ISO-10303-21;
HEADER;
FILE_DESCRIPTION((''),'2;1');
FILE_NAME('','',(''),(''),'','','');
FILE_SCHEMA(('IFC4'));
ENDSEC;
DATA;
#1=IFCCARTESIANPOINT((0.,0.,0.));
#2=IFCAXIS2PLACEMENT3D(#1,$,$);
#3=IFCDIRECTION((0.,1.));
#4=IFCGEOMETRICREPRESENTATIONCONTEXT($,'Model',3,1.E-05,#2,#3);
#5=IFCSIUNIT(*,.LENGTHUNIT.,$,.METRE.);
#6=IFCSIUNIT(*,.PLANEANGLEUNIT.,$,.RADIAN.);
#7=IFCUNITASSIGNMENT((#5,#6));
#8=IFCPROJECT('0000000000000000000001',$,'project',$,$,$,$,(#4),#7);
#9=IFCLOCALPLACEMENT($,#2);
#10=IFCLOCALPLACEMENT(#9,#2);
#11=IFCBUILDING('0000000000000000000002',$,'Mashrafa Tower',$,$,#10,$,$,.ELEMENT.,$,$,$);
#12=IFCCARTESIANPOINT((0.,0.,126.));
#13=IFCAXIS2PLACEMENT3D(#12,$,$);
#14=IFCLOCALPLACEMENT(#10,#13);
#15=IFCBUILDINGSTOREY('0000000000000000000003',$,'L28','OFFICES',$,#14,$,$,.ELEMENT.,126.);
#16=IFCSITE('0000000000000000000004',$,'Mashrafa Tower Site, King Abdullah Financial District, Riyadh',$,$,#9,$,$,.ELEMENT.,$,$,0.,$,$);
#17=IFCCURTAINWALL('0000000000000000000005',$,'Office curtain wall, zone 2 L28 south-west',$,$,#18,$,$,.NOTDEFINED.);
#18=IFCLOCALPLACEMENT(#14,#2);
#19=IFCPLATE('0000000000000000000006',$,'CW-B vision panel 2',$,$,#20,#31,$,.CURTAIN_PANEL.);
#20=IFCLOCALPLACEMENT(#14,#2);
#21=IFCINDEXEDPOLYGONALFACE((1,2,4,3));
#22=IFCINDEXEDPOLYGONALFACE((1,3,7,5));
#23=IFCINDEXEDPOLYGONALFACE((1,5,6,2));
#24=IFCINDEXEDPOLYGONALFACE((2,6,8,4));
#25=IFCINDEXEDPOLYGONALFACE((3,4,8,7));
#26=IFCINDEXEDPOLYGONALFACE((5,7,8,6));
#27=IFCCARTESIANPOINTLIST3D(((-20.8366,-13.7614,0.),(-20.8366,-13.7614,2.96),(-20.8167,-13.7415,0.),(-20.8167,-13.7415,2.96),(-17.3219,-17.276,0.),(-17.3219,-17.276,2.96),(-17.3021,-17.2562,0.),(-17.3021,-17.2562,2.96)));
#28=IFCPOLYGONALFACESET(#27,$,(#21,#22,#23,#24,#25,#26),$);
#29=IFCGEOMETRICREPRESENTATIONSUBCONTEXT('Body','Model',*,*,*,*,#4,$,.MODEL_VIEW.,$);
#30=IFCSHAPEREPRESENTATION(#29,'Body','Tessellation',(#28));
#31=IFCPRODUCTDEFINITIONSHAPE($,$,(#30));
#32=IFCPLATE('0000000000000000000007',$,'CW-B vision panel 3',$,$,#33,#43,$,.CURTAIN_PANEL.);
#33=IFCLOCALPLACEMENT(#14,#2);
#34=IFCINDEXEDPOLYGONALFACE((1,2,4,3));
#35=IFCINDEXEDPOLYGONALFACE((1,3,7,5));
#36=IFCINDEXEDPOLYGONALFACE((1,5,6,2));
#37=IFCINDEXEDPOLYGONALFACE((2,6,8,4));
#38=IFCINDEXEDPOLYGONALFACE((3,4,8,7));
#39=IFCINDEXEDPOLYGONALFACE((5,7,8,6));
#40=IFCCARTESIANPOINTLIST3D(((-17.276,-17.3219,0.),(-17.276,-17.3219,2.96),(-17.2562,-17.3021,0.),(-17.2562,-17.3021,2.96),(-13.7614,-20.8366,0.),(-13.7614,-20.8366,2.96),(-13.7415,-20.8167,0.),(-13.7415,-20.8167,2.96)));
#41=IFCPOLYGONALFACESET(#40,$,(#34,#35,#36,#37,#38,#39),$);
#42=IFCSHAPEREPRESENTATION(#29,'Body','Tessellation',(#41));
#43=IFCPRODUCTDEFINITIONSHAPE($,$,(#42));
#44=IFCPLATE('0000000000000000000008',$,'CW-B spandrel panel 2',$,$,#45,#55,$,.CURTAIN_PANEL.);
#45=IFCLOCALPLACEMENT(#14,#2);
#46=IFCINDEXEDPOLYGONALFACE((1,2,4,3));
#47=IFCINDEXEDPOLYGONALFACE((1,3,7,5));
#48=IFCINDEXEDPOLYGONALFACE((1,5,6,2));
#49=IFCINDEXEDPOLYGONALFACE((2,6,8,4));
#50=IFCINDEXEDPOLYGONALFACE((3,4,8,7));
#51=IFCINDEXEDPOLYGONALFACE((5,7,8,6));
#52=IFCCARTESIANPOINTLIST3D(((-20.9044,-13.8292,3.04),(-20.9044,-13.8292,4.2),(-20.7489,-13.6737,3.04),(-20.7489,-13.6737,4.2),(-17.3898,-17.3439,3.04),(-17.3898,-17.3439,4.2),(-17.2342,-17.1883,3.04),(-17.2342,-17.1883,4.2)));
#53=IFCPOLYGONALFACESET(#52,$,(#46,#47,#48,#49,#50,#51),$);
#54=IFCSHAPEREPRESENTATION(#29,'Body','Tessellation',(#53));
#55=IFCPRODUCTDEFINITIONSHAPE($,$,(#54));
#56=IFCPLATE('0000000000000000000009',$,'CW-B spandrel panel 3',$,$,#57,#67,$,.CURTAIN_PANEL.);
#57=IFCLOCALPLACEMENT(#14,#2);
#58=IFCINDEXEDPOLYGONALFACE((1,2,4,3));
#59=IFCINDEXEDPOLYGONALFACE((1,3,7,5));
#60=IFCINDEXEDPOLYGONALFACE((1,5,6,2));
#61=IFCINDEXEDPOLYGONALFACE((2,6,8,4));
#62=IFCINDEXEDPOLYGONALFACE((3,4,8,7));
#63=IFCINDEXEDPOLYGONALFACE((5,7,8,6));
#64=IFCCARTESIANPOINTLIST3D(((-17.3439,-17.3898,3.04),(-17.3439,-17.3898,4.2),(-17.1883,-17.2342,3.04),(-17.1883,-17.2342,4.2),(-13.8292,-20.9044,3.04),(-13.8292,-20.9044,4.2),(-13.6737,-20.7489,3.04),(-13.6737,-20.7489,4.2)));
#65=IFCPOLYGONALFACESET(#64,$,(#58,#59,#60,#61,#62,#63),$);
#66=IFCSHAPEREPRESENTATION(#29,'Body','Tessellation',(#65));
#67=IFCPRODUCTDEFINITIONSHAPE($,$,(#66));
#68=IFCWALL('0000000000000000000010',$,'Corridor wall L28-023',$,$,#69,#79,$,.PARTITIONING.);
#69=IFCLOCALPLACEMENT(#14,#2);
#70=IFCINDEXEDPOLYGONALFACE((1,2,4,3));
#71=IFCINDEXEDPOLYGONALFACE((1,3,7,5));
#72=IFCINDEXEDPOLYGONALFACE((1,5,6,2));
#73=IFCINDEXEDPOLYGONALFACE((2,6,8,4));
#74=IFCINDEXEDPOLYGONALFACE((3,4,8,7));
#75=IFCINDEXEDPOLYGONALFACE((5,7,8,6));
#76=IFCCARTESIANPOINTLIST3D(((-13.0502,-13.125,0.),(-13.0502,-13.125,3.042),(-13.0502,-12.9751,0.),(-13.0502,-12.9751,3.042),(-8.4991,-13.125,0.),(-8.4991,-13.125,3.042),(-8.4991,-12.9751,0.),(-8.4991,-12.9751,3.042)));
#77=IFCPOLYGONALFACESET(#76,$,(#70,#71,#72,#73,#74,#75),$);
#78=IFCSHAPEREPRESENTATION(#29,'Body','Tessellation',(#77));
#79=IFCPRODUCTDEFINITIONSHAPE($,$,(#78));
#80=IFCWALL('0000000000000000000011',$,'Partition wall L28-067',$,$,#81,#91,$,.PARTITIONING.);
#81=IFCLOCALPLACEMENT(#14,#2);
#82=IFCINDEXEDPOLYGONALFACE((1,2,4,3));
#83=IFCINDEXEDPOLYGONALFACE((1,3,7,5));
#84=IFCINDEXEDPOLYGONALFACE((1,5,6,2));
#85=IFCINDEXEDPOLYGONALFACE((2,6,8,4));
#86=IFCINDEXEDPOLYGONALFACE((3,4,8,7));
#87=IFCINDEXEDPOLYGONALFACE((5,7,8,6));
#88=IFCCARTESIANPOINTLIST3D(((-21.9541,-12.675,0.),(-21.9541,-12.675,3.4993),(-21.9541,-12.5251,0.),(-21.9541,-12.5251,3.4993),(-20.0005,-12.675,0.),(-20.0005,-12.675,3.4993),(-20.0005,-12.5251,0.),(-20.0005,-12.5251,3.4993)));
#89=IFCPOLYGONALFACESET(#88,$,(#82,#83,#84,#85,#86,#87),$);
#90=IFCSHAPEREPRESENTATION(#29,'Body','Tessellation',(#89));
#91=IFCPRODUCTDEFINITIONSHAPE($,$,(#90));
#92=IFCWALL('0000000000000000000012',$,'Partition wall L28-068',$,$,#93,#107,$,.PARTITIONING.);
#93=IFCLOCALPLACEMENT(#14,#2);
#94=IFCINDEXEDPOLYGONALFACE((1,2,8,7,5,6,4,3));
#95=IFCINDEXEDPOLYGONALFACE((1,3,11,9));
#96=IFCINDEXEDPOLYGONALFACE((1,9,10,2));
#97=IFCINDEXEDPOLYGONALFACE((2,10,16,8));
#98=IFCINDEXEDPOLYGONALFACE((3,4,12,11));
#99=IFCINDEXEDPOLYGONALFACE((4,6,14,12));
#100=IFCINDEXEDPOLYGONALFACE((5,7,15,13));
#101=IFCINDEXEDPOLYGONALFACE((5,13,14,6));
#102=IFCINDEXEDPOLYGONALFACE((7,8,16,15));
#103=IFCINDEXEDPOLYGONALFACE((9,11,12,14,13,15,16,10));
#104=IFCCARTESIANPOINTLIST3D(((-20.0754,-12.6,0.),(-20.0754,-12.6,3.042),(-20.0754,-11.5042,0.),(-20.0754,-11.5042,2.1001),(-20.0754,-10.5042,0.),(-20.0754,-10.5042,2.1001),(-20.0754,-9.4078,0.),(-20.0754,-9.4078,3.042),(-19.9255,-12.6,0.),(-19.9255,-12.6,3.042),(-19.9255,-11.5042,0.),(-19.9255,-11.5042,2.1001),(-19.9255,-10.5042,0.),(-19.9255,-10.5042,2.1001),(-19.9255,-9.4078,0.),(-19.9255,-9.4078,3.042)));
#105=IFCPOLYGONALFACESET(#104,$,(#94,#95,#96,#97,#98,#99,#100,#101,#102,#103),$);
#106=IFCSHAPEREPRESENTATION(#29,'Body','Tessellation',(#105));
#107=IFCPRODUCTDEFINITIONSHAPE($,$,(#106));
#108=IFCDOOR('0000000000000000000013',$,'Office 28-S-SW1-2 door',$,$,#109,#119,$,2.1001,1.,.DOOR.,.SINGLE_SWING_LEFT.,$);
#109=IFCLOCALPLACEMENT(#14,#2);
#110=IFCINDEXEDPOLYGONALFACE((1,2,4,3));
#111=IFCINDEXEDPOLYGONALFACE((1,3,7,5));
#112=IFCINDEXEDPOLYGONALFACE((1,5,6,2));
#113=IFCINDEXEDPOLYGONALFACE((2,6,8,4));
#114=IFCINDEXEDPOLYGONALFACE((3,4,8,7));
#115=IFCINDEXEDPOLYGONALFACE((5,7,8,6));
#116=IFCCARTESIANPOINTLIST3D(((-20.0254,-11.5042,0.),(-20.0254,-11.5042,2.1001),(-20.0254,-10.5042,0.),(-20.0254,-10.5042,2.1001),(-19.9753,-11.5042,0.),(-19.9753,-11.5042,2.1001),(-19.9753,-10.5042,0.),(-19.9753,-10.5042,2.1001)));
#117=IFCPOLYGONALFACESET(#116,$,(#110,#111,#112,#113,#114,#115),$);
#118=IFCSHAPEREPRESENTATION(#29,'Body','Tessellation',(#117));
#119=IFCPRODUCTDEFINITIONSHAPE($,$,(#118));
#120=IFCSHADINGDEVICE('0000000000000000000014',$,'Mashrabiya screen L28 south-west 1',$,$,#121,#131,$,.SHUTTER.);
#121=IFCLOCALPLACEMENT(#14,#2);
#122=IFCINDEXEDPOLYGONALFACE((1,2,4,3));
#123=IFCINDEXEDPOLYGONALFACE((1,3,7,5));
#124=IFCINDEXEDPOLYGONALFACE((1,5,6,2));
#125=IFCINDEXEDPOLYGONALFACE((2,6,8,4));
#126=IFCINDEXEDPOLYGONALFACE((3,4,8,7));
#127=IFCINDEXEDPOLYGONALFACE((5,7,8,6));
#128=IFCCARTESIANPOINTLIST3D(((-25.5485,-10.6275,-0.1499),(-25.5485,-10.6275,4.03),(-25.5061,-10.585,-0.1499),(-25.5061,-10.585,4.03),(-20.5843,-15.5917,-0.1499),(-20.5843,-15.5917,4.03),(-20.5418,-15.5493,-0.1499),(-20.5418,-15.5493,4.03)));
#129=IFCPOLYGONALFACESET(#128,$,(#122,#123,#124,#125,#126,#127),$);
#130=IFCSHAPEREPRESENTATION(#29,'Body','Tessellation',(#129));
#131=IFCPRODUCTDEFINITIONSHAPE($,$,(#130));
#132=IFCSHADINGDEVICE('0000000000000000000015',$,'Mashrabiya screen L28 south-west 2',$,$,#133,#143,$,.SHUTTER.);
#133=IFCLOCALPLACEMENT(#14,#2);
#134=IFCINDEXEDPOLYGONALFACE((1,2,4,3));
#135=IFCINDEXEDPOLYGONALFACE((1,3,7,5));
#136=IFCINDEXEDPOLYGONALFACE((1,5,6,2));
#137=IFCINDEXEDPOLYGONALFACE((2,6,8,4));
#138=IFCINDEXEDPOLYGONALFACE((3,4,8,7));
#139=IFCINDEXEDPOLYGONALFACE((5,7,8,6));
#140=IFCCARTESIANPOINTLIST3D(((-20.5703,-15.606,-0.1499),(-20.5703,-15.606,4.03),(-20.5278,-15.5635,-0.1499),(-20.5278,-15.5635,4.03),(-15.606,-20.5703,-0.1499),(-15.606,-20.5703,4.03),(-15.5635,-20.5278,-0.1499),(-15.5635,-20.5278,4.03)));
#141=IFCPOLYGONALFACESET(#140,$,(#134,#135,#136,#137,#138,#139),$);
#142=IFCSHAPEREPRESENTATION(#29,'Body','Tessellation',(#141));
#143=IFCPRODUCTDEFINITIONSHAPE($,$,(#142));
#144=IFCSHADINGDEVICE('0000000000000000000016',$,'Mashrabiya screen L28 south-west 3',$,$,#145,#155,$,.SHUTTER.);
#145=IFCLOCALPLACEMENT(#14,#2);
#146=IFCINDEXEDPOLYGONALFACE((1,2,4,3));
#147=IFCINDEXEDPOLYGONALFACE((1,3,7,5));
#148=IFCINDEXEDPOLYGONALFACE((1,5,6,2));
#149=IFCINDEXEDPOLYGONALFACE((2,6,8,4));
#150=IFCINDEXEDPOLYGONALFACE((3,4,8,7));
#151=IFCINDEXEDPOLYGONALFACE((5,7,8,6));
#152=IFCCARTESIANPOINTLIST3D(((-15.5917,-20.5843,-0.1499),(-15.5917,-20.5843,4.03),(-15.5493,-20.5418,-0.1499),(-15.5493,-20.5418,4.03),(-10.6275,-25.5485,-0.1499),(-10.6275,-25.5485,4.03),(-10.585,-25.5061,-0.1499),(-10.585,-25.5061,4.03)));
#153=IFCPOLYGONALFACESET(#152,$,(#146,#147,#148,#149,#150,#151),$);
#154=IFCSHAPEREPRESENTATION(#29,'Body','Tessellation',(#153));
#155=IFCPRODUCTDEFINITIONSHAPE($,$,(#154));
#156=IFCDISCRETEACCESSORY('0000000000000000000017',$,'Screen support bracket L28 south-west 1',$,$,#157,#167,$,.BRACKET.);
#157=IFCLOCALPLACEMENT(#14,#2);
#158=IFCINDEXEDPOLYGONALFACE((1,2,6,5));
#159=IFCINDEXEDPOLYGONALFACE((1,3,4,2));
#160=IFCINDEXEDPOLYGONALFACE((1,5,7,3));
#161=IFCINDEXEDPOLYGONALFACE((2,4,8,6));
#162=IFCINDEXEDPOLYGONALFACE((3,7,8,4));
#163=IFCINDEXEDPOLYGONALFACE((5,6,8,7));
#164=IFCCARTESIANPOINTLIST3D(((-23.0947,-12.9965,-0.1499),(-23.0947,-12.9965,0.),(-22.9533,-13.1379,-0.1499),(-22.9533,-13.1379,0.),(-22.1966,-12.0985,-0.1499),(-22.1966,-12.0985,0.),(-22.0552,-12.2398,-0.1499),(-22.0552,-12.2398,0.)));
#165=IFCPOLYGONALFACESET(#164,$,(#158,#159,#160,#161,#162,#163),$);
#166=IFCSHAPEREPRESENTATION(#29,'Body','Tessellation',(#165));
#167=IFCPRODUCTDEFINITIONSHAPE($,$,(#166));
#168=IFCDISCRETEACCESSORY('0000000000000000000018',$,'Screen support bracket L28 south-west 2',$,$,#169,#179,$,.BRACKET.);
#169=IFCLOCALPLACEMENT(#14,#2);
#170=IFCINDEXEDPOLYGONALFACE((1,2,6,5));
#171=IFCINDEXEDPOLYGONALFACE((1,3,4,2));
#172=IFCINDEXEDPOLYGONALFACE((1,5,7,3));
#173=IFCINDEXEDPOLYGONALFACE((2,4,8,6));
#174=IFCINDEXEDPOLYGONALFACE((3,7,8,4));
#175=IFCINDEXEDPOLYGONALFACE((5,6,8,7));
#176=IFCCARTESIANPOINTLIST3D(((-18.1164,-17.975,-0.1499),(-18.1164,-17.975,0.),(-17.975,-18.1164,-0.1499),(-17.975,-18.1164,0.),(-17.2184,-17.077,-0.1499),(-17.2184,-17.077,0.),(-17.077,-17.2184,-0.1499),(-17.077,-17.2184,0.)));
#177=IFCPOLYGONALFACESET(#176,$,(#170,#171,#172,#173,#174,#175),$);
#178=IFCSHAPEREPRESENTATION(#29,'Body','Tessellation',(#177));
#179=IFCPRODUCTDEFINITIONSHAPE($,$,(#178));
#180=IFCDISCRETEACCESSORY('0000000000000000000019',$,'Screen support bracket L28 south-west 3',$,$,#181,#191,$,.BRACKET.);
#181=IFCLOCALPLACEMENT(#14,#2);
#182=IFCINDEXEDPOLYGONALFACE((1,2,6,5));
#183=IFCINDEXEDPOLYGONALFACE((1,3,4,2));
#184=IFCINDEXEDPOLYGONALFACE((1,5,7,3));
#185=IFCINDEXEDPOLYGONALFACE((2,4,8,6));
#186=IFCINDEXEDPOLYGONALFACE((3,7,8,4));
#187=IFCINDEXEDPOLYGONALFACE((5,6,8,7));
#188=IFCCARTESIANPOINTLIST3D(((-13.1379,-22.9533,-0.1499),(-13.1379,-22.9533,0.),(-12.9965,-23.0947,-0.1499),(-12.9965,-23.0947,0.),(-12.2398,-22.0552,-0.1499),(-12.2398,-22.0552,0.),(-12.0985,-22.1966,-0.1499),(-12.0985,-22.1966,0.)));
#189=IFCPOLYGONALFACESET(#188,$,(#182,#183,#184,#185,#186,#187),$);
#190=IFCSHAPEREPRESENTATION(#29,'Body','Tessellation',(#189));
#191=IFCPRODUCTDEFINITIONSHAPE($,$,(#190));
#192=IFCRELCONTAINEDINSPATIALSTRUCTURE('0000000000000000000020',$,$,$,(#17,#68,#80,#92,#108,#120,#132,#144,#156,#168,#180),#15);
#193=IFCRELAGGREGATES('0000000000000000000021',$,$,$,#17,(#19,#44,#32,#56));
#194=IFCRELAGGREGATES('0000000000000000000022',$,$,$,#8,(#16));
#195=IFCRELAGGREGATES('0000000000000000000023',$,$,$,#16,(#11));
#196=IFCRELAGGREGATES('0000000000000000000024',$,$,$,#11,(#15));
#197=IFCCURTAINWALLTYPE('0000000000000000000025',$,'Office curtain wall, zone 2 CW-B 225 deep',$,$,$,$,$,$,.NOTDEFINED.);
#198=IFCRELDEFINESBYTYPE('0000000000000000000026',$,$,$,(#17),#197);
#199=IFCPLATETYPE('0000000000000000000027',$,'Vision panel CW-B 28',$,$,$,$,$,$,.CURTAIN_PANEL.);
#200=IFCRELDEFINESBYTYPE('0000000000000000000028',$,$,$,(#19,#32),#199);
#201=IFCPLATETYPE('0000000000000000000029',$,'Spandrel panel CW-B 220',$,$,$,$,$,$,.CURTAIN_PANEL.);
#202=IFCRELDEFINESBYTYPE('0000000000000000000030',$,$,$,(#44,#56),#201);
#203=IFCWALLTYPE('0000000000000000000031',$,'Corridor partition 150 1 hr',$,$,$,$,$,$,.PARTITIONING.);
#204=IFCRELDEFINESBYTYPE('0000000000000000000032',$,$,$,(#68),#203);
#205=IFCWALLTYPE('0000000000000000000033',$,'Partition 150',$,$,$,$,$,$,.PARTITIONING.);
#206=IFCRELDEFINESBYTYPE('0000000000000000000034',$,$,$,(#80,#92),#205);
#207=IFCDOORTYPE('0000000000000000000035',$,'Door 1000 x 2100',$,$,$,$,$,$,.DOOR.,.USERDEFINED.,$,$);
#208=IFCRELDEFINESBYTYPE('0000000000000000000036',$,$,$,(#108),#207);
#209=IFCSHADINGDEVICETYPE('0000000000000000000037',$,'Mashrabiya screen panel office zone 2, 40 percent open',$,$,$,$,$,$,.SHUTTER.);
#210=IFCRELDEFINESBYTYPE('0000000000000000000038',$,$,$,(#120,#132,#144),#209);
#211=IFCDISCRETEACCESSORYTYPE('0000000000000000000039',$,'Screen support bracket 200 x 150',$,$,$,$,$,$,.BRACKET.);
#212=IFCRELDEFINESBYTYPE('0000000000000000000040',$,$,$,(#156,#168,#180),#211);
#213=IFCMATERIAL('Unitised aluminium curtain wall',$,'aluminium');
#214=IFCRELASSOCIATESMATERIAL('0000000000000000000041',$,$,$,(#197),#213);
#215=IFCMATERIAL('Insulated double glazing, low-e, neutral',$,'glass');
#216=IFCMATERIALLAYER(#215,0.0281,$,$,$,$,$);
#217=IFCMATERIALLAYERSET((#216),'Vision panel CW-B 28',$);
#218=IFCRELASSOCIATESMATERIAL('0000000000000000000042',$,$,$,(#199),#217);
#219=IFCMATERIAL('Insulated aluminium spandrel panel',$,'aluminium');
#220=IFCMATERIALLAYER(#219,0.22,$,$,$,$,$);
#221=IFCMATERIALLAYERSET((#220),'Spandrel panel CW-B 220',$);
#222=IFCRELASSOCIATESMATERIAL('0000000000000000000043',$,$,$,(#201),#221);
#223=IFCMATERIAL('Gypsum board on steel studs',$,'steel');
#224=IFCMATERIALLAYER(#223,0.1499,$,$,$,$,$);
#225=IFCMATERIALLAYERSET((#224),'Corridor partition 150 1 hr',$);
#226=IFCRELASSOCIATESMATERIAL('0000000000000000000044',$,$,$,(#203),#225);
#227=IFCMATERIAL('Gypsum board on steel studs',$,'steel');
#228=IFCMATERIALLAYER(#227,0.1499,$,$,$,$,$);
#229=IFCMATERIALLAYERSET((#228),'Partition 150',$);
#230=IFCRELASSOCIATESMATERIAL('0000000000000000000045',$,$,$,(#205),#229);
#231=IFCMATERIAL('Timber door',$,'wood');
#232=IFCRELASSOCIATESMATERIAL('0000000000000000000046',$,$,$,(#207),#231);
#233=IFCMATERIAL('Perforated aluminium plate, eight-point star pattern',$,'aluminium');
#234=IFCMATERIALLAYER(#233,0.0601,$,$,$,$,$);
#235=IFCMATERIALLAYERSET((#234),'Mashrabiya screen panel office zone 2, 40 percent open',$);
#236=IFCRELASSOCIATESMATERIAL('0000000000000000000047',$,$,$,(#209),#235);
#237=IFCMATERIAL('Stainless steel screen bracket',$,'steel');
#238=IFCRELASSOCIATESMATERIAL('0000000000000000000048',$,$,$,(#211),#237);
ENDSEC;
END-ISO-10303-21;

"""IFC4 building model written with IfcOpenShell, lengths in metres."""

from ifc_helpers import new_model, si_unit, direction, frame, frame_2d, origin, origin_2d, place, context, subcontext, project, spatial, rectangle, extrude, source, transform, mapped, material, layer, layer_set, type_object, type_shapes, element, fill, aggregate, save


model = new_model("IFC4")

# Units and contexts
model_context = context("Model", 3, precision=1e-05, world=origin(), true_north=direction((0.0, 1.0)))
body_context = subcontext(model_context, "Body", "Model", "MODEL_VIEW")
ifc_project = project(units=[si_unit("LENGTHUNIT", "METRE"), si_unit("PLANEANGLEUNIT", "RADIAN")], contexts=[model_context])

# Site, building, storey
site_placement = place(None, origin())
site = spatial("IfcSite", under=ifc_project, at=site_placement, Name="Mashrafa Tower Site, King Abdullah Financial District, Riyadh", CompositionType="ELEMENT", RefElevation=0.0)
building_placement = place(site_placement, origin())
building = spatial("IfcBuilding", under=site, at=building_placement, Name="Mashrafa Tower", CompositionType="ELEMENT")
storey_placement = place(building_placement, frame((0.0, 0.0, 126.0)))
storey = spatial("IfcBuildingStorey", under=building, at=storey_placement, Name="L28", Description="OFFICES", CompositionType="ELEMENT", Elevation=126.0)

# Curtain wall, plates
ifc_material_1 = material(Name="Unitised aluminium curtain wall", Category="aluminium")
curtain_wall_type = type_object("IfcCurtainWallType", Name="Office curtain wall, zone 2 CW-B 225 deep", PredefinedType="NOTDEFINED", material=ifc_material_1)
curtain_wall_placement = place(storey_placement, origin())
curtain_wall = element("IfcCurtainWall", 1, at=curtain_wall_placement, inside=storey, type_object=curtain_wall_type, Name="Office curtain wall, zone 2 L28 south-west", PredefinedType="NOTDEFINED")
ifc_material_2 = material(Name="Insulated double glazing, low-e, neutral", Category="glass")
ifc_layer_1 = layer(ifc_material_2, 0.0281)
ifc_layer_set_1 = layer_set([ifc_layer_1], Name="Vision panel CW-B 28")
plate_type_1 = type_object("IfcPlateType", Name="Vision panel CW-B 28", PredefinedType="CURTAIN_PANEL", material=ifc_layer_set_1)
ifc_material_3 = material(Name="Insulated aluminium spandrel panel", Category="aluminium")
ifc_layer_2 = layer(ifc_material_3, 0.22)
ifc_layer_set_2 = layer_set([ifc_layer_2], Name="Spandrel panel CW-B 220")
plate_type_2 = type_object("IfcPlateType", Name="Spandrel panel CW-B 220", PredefinedType="CURTAIN_PANEL", material=ifc_layer_set_2)
shared_shape_1 = source(origin(), body_context, "Body", "SweptSolid", [
    extrude(rectangle(XDim=4.9705, YDim=0.0281, at=origin_2d()), origin(), (0.0, 0.0, 1.0), 2.96),
])
plate_1_placement = place(storey_placement, frame((-19.0693, -15.5088, 0.0), z_axis=(0.0, 0.0, 1.0), x_axis=(0.707107, -0.707107, 0.0)))
plate_1 = element("IfcPlate", 2, at=plate_1_placement, type_object=plate_type_1, Name="CW-B vision panel 2", PredefinedType="CURTAIN_PANEL", context=body_context, shape_type="MappedRepresentation", body=[
    mapped(shared_shape_1, transform((0.0, 0.0, 0.0))),
])
plate_2_placement = place(storey_placement, frame((-15.5088, -19.0693, 0.0), z_axis=(0.0, 0.0, 1.0), x_axis=(0.707107, -0.707107, 0.0)))
plate_2 = element("IfcPlate", 3, at=plate_2_placement, type_object=plate_type_1, Name="CW-B vision panel 3", PredefinedType="CURTAIN_PANEL", context=body_context, shape_type="MappedRepresentation", body=[
    mapped(shared_shape_1, transform((0.0, 0.0, 0.0))),
])
shared_shape_2 = source(origin(), body_context, "Body", "SweptSolid", [
    extrude(rectangle(XDim=4.9705, YDim=0.22, at=origin_2d()), origin(), (0.0, 0.0, 1.0), 1.1599),
])
plate_3_placement = place(storey_placement, frame((-19.0693, -15.5088, 3.04), z_axis=(0.0, 0.0, 1.0), x_axis=(0.707107, -0.707107, 0.0)))
plate_3 = element("IfcPlate", 4, at=plate_3_placement, type_object=plate_type_2, Name="CW-B spandrel panel 2", PredefinedType="CURTAIN_PANEL", context=body_context, shape_type="MappedRepresentation", body=[
    mapped(shared_shape_2, transform((0.0, 0.0, 0.0))),
])
plate_4_placement = place(storey_placement, frame((-15.5088, -19.0693, 3.04), z_axis=(0.0, 0.0, 1.0), x_axis=(0.707107, -0.707107, 0.0)))
plate_4 = element("IfcPlate", 5, at=plate_4_placement, type_object=plate_type_2, Name="CW-B spandrel panel 3", PredefinedType="CURTAIN_PANEL", context=body_context, shape_type="MappedRepresentation", body=[
    mapped(shared_shape_2, transform((0.0, 0.0, 0.0))),
])
aggregate(curtain_wall, [plate_1, plate_3, plate_2, plate_4])

# Walls
ifc_material_4 = material(Name="Gypsum board on steel studs", Category="steel")
ifc_layer_3 = layer(ifc_material_4, 0.1499)
ifc_layer_set_3 = layer_set([ifc_layer_3], Name="Corridor partition 150 1 hr")
wall_type_1 = type_object("IfcWallType", Name="Corridor partition 150 1 hr", PredefinedType="PARTITIONING", material=ifc_layer_set_3)
wall_1_placement = place(storey_placement, frame((-13.05, -13.05, 0.0), z_axis=(0.0, 0.0, 1.0), x_axis=(1.0, 0.0, 0.0)))
element("IfcWall", 6, at=wall_1_placement, inside=storey, type_object=wall_type_1, Name="Corridor wall L28-023", PredefinedType="PARTITIONING", context=body_context, shape_type="SweptSolid", body=[
    extrude(rectangle(XDim=4.551, YDim=0.1499, at=frame_2d((2.2754, 0.0))), origin(), (0.0, 0.0, 1.0), 3.042),
])
ifc_material_5 = material(Name="Gypsum board on steel studs", Category="steel")
ifc_layer_4 = layer(ifc_material_5, 0.1499)
ifc_layer_set_4 = layer_set([ifc_layer_4], Name="Partition 150")
wall_type_2 = type_object("IfcWallType", Name="Partition 150", PredefinedType="PARTITIONING", material=ifc_layer_set_4)
wall_2_placement = place(storey_placement, frame((-21.9541, -12.6001, 0.0), z_axis=(0.0, 0.0, 1.0), x_axis=(1.0, 0.0, 0.0)))
element("IfcWall", 7, at=wall_2_placement, inside=storey, type_object=wall_type_2, Name="Partition wall L28-067", PredefinedType="PARTITIONING", context=body_context, shape_type="SweptSolid", body=[
    extrude(rectangle(XDim=1.9536, YDim=0.1499, at=frame_2d((0.9768, 0.0))), origin(), (0.0, 0.0, 1.0), 3.4993),
])

# Wall, opening, door
wall_3_placement = place(storey_placement, frame((-20.0005, -12.6001, 0.0), z_axis=(0.0, 0.0, 1.0), x_axis=(0.0, 1.0, 0.0)))
wall_3 = element("IfcWall", 8, at=wall_3_placement, inside=storey, type_object=wall_type_2, Name="Partition wall L28-068", PredefinedType="PARTITIONING", context=body_context, shape_type="SweptSolid", body=[
    extrude(rectangle(XDim=3.1921, YDim=0.1499, at=frame_2d((1.5962, 0.0))), origin(), (0.0, 0.0, 1.0), 3.042),
])
opening_placement = place(wall_3_placement, frame((1.0959, 0.0, 0.0)))
opening = element("IfcOpeningElement", 9, at=opening_placement, cuts=wall_3, PredefinedType="OPENING", context=body_context, shape_type="SweptSolid", body=[
    extrude(rectangle(XDim=1.0, YDim=2.1001, at=frame_2d((0.5, 1.05))), frame((0.0, 0.085, 0.0), z_axis=(0.0, -1.0, 0.0), x_axis=(1.0, 0.0, 0.0)), (0.0, 0.0, 1.0), 0.1699),
])
ifc_material_6 = material(Name="Timber door", Category="wood")
door_type = type_object("IfcDoorType", Name="Door 1000 x 2100", OperationType="USERDEFINED", PredefinedType="DOOR", material=ifc_material_6)
door_placement = place(opening_placement, origin())
door = element("IfcDoor", 10, at=door_placement, inside=storey, type_object=door_type, Name="Office 28-S-SW1-2 door", OperationType="SINGLE_SWING_LEFT", OverallHeight=2.1001, OverallWidth=1.0, PredefinedType="DOOR", context=body_context, shape_type="SweptSolid", body=[
    extrude(rectangle(XDim=1.0, YDim=2.1001, at=frame_2d((0.5, 1.05))), frame((0.0, 0.0249, 0.0), z_axis=(0.0, -1.0, 0.0), x_axis=(1.0, 0.0, 0.0)), (0.0, 0.0, 1.0), 0.05),
])
fill(opening, door)

# Shading devices
ifc_material_7 = material(Name="Perforated aluminium plate, eight-point star pattern", Category="aluminium")
ifc_layer_5 = layer(ifc_material_7, 0.0601)
ifc_layer_set_5 = layer_set([ifc_layer_5], Name="Mashrabiya screen panel office zone 2, 40 percent open")
shading_device_type = type_object("IfcShadingDeviceType", Name="Mashrabiya screen panel office zone 2, 40 percent open", PredefinedType="SHUTTER", material=ifc_layer_set_5)
shared_shape_3 = source(origin(), body_context, "Body", "SweptSolid", [
    extrude(rectangle(XDim=7.0205, YDim=0.0601, at=origin_2d()), origin(), (0.0, 0.0, 1.0), 4.1799),
])
type_shapes(shading_device_type, [shared_shape_3])
for number, where, z_axis, x_axis, name in (
    (11, (-23.0452, -13.0884, -0.1499), (0.0, 0.0, 1.0), (0.707107, -0.707107, 0.0), "Mashrabiya screen L28 south-west 1"),
    (12, (-18.0669, -18.0669, -0.1499), (0.0, 0.0, 1.0), (0.707107, -0.707107, 0.0), "Mashrabiya screen L28 south-west 2"),
    (13, (-13.0884, -23.0452, -0.1499), (0.0, 0.0, 1.0), (0.707107, -0.707107, 0.0), "Mashrabiya screen L28 south-west 3"),
):
    element("IfcShadingDevice", number, at=place(storey_placement, frame(where, z_axis=z_axis, x_axis=x_axis)), inside=storey, type_object=shading_device_type, Name=name, PredefinedType="SHUTTER", context=body_context, shape_type="MappedRepresentation", body=[
        mapped(shared_shape_3, transform((0.0, 0.0, 0.0))),
    ])

# Discrete accessories
ifc_material_8 = material(Name="Stainless steel screen bracket", Category="steel")
discrete_accessory_type = type_object("IfcDiscreteAccessoryType", Name="Screen support bracket 200 x 150", PredefinedType="BRACKET", material=ifc_material_8)
shared_shape_4 = source(origin(), body_context, "Body", "SweptSolid", [
    extrude(rectangle(XDim=0.2, YDim=1.27, at=origin_2d()), origin(), (0.0, 0.0, 1.0), 0.1499),
])
type_shapes(discrete_accessory_type, [shared_shape_4])
for number, where, z_axis, x_axis, name in (
    (14, (-22.575, -12.6182, -0.1499), (0.0, 0.0, 1.0), (0.707107, -0.707107, 0.0), "Screen support bracket L28 south-west 1"),
    (15, (-17.5967, -17.5967, -0.1499), (0.0, 0.0, 1.0), (0.707107, -0.707107, 0.0), "Screen support bracket L28 south-west 2"),
    (16, (-12.6182, -22.575, -0.1499), (0.0, 0.0, 1.0), (0.707107, -0.707107, 0.0), "Screen support bracket L28 south-west 3"),
):
    element("IfcDiscreteAccessory", number, at=place(storey_placement, frame(where, z_axis=z_axis, x_axis=x_axis)), inside=storey, type_object=discrete_accessory_type, Name=name, PredefinedType="BRACKET", context=body_context, shape_type="MappedRepresentation", body=[
        mapped(shared_shape_4, transform((0.0, 0.0, 0.0))),
    ])

save(model, "model.ifc")
